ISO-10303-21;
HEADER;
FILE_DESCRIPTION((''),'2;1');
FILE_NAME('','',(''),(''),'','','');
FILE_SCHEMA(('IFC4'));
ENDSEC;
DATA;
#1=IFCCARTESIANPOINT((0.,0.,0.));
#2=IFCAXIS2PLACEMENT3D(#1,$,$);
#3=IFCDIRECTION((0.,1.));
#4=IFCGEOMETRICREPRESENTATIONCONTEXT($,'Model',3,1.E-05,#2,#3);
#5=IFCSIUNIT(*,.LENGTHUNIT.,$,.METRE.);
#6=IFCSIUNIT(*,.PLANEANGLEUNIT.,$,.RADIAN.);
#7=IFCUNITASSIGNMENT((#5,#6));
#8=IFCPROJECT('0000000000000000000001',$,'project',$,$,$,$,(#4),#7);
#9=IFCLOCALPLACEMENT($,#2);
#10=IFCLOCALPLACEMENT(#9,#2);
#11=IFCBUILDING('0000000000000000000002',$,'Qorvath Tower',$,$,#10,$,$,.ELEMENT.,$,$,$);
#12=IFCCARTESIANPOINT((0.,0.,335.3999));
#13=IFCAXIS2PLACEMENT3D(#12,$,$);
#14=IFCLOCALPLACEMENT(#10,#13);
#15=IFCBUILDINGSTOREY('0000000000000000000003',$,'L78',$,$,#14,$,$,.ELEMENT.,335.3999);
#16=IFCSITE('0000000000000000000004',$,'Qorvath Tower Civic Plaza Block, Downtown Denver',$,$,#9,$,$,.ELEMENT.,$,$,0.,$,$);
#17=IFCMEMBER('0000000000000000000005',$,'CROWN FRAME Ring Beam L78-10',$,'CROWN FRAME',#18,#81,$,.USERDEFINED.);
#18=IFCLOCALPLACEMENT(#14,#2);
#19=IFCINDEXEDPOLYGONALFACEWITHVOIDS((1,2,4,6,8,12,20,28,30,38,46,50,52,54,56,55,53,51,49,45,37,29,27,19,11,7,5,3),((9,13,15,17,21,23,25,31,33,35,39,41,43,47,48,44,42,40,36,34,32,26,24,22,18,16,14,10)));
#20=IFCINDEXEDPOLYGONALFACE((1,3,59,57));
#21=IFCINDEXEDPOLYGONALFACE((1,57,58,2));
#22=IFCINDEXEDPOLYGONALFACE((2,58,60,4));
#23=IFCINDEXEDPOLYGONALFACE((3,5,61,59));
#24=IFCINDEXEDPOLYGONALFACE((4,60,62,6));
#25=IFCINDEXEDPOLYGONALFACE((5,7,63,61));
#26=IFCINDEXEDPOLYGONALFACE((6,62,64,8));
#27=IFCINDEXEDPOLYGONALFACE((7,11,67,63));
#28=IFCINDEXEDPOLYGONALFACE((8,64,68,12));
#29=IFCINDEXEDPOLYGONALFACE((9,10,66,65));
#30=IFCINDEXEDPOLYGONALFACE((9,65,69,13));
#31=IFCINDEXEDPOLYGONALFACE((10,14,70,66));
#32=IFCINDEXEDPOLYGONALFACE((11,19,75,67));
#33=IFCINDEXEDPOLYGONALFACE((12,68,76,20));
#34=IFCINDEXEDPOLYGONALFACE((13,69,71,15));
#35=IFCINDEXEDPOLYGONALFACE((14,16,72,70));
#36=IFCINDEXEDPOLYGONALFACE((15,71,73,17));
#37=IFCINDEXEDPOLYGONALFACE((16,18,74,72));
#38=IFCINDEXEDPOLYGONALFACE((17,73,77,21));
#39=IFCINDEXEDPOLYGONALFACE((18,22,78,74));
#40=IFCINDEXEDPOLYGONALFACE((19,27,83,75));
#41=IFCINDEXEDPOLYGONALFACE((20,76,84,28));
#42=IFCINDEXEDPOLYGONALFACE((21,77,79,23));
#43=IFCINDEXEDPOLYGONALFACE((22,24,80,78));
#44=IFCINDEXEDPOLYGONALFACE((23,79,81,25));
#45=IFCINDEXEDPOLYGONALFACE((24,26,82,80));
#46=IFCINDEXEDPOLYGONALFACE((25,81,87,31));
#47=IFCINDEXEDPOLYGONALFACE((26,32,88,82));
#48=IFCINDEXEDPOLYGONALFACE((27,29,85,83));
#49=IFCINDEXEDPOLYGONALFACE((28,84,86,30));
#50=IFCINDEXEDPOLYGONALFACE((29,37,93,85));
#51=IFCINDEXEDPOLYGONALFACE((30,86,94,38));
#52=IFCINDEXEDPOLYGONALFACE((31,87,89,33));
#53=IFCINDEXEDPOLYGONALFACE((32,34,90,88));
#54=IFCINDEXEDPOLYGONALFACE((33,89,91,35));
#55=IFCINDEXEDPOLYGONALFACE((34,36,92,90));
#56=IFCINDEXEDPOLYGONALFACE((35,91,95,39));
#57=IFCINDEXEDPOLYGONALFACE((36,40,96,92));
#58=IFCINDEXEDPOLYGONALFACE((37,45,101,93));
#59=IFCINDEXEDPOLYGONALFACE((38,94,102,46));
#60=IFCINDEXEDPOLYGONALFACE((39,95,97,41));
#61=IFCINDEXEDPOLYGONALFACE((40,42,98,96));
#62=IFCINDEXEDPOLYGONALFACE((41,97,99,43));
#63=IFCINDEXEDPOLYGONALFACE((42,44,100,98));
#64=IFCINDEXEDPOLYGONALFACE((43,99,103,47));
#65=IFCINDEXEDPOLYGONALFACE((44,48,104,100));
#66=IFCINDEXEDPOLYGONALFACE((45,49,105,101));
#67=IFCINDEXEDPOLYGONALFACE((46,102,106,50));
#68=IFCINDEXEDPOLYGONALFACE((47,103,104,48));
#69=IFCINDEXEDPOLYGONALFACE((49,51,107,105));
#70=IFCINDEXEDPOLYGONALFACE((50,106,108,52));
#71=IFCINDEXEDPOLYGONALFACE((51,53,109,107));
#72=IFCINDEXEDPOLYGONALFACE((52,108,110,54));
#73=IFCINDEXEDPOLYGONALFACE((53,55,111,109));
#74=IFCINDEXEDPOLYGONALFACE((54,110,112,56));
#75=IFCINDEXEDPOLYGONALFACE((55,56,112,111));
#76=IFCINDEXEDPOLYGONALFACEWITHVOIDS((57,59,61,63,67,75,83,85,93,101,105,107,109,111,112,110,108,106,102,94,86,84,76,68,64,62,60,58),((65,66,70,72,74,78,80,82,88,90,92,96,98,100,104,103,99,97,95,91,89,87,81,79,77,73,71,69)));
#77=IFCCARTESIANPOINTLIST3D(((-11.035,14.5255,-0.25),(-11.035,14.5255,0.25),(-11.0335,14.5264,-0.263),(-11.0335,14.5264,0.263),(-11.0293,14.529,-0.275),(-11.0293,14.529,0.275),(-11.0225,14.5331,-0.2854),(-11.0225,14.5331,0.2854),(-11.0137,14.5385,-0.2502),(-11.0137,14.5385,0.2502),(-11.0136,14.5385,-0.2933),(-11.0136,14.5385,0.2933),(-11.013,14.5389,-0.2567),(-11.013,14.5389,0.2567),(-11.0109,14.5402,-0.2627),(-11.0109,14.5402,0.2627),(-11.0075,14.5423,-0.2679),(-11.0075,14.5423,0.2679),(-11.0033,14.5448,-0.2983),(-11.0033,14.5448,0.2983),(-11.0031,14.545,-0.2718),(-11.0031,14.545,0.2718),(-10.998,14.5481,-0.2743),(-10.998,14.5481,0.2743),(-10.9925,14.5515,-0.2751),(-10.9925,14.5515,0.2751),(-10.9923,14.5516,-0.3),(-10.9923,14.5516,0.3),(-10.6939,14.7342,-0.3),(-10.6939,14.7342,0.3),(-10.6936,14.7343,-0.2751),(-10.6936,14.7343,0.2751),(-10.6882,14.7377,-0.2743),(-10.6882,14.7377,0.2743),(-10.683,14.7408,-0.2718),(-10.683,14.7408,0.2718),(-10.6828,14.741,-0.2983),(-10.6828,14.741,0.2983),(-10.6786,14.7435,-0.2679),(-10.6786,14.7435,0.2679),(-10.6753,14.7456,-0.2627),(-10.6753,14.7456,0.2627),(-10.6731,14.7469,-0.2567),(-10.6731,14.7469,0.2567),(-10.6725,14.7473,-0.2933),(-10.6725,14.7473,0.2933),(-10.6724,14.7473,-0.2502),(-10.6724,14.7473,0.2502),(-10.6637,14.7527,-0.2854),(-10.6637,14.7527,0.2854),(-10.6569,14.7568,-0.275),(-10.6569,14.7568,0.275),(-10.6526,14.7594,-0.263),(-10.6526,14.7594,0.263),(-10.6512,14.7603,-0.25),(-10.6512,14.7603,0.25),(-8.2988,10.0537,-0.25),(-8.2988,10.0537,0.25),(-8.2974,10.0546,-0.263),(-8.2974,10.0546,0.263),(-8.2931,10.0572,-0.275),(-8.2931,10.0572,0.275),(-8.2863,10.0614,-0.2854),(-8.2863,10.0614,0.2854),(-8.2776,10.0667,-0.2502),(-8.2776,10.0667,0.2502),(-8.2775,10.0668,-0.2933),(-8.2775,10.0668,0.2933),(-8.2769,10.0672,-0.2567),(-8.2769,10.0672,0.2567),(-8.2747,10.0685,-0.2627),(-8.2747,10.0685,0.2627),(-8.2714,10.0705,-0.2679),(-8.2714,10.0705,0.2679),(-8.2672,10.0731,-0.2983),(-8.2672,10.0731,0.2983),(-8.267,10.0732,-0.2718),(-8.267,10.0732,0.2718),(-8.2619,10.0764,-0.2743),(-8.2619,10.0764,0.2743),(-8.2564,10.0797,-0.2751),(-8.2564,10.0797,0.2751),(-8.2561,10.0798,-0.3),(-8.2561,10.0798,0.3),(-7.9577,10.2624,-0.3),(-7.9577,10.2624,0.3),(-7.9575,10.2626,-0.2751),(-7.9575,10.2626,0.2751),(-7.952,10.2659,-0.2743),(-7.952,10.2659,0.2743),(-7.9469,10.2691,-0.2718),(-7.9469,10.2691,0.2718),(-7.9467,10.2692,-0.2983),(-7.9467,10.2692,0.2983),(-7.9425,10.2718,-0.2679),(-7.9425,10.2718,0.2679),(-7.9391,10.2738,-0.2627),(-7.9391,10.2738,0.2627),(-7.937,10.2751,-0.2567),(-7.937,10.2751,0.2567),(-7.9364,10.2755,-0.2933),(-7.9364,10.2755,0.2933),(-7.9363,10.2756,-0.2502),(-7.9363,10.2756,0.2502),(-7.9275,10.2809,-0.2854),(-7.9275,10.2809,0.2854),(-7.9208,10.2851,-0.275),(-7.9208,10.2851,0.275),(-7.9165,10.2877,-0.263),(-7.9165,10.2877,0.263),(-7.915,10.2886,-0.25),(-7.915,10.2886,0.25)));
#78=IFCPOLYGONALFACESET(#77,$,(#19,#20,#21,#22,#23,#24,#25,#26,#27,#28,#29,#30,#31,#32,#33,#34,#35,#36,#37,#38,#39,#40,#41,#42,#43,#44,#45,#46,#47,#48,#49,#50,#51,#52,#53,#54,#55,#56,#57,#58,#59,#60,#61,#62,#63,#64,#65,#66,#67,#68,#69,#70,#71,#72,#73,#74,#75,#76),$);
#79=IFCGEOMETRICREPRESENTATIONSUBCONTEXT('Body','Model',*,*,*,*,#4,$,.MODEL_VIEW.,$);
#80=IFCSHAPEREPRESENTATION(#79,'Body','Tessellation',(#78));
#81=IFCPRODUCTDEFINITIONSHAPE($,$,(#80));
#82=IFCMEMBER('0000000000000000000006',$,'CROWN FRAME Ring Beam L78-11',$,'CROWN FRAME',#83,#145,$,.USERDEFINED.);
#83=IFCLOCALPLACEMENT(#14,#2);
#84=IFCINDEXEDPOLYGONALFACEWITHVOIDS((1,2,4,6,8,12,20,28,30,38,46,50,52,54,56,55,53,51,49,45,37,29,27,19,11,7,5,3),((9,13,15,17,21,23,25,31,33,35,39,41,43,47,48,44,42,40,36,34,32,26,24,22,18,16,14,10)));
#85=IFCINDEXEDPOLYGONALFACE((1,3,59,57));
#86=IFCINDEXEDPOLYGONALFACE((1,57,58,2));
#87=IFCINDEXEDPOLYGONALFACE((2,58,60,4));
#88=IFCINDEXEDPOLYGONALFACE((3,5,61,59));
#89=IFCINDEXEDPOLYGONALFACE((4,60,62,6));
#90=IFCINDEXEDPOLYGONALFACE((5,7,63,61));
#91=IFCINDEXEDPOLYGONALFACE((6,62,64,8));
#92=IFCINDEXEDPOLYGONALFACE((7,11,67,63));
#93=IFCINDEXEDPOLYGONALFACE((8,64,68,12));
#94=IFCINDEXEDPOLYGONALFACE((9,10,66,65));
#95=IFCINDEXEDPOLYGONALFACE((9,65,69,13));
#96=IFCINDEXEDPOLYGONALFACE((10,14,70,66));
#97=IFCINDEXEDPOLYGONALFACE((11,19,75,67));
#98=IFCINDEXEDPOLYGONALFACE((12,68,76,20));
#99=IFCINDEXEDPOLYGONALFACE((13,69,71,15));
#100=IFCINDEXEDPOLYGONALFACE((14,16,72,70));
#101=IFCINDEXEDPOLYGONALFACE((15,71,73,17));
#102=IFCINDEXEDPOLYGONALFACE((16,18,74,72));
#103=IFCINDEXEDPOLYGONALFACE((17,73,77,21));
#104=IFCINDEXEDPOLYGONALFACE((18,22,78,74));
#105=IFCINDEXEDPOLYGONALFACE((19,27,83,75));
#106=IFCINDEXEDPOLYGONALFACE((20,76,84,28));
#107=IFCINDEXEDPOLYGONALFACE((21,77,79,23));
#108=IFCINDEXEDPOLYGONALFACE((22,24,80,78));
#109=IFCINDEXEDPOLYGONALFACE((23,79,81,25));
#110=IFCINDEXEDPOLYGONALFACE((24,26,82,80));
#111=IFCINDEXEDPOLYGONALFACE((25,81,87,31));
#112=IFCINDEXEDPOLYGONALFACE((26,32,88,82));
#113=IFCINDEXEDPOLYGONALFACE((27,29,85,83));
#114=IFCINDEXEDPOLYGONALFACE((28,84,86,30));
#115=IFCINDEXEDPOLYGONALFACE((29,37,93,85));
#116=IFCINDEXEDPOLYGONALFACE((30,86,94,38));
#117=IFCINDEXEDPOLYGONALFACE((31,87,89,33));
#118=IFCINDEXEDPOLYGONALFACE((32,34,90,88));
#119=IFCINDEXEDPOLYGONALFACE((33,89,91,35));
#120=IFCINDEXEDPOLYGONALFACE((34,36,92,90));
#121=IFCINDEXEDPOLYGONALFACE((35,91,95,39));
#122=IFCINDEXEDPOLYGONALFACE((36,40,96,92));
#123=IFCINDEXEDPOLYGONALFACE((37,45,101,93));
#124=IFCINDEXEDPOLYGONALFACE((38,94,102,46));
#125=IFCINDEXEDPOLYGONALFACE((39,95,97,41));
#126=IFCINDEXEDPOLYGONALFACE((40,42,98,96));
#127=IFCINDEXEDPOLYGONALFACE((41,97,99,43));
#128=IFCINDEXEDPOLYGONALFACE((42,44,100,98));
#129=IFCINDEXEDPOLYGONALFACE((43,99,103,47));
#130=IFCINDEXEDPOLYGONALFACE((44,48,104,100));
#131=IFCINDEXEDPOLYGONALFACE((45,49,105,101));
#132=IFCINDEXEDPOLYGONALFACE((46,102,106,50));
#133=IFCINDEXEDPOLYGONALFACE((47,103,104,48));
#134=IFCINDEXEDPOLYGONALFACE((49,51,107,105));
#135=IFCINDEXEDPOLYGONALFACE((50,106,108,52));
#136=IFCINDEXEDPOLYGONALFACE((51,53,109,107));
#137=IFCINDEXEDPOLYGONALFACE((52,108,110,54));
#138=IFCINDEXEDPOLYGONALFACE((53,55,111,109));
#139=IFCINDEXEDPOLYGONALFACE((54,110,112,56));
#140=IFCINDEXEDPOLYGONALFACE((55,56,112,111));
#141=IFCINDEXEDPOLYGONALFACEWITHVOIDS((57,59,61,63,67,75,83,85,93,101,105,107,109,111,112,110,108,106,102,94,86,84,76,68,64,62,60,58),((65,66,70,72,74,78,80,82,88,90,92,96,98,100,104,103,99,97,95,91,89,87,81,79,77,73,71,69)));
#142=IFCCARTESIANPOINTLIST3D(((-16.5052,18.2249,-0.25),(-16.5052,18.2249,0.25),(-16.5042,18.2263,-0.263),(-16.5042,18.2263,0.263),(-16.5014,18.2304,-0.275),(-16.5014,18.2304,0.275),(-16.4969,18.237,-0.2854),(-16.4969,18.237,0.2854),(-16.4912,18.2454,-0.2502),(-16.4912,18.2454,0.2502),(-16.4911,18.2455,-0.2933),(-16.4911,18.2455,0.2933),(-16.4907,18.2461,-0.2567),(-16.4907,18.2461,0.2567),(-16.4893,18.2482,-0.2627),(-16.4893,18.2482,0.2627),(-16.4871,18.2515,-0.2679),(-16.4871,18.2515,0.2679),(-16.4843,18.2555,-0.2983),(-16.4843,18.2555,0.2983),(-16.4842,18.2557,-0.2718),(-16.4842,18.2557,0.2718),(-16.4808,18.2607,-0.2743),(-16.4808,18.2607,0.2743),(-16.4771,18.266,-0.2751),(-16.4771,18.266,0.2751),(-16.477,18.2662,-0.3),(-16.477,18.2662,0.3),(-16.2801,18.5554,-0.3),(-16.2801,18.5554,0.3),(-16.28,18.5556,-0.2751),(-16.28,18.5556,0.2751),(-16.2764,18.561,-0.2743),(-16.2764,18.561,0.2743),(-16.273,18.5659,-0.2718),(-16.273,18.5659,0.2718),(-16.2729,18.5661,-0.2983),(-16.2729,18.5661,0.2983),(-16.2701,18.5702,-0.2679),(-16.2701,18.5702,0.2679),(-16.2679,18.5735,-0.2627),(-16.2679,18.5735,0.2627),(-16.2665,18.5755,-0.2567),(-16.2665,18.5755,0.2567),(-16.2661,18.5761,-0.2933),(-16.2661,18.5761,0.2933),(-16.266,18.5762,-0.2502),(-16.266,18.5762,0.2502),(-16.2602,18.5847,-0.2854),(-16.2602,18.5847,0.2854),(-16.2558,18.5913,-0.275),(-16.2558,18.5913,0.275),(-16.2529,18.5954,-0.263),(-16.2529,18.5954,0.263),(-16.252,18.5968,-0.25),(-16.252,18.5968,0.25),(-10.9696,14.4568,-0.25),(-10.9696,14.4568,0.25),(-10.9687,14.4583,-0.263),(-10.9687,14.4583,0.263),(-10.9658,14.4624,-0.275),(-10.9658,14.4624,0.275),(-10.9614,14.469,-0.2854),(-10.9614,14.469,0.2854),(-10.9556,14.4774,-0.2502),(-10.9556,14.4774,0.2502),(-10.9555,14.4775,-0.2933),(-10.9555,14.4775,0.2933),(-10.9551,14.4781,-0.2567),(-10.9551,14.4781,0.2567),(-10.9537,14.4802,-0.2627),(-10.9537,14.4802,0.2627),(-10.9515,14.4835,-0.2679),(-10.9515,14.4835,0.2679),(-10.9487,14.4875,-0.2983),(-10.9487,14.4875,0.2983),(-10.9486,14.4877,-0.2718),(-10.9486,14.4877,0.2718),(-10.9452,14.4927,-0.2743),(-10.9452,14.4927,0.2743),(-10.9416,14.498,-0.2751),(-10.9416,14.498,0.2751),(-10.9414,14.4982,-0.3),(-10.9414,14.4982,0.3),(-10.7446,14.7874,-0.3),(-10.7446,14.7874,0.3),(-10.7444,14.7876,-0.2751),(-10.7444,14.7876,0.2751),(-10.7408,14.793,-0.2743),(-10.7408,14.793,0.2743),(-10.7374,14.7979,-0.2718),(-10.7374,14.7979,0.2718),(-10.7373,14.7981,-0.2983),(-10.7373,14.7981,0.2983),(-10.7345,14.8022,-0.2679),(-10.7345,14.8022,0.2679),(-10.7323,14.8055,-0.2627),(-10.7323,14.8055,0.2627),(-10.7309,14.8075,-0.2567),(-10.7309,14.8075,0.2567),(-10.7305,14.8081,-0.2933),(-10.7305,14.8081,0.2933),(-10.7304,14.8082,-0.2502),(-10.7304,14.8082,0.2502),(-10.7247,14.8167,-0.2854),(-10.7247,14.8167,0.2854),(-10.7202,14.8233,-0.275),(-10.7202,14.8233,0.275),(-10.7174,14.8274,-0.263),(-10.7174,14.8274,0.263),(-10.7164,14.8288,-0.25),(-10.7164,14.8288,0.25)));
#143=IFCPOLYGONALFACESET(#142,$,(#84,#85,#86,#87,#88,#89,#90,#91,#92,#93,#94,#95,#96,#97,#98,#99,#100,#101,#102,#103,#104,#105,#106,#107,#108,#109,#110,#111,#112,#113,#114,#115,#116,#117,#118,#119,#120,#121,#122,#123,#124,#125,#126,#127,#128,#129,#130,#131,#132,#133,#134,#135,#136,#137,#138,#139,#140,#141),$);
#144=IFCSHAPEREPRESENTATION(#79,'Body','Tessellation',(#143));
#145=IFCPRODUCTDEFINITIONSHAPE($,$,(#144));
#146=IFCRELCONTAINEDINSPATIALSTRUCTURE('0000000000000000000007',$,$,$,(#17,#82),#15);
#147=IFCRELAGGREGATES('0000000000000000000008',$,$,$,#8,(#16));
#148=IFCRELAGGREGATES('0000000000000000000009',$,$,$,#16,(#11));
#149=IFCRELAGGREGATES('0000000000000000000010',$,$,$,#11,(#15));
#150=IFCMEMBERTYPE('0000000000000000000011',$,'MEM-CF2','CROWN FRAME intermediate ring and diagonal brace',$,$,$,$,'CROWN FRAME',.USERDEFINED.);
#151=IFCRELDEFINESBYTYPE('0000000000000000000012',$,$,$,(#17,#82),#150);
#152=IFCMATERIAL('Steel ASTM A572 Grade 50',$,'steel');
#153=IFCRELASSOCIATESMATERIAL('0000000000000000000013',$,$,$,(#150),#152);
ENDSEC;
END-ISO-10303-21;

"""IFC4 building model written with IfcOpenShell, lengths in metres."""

from ifc_helpers import new_model, si_unit, direction, frame, origin, origin_2d, place, context, subcontext, project, spatial, hollow_rectangle, extrude, material, material_profile, profile_set, type_object, element, save


model = new_model("IFC4")

# Units and contexts
model_context = context("Model", 3, precision=1e-05, world=origin(), true_north=direction((0.0, 1.0)))
body_context = subcontext(model_context, "Body", "Model", "MODEL_VIEW")
ifc_project = project(units=[si_unit("LENGTHUNIT", "METRE"), si_unit("PLANEANGLEUNIT", "RADIAN")], contexts=[model_context])

# Site, building, storey
site_placement = place(None, origin())
site = spatial("IfcSite", under=ifc_project, at=site_placement, Name="Qorvath Tower Civic Plaza Block, Downtown Denver", CompositionType="ELEMENT", RefElevation=0.0)
building_placement = place(site_placement, origin())
building = spatial("IfcBuilding", under=site, at=building_placement, Name="Qorvath Tower", CompositionType="ELEMENT")
storey_placement = place(building_placement, frame((0.0, 0.0, 335.3999)))
storey = spatial("IfcBuildingStorey", under=building, at=storey_placement, Name="L78", CompositionType="ELEMENT", Elevation=335.3999)

# Members
ifc_material_1 = material(Name="Steel ASTM A572 Grade 50", Category="steel")
ifc_material_profile_1 = material_profile(ifc_material_1, hollow_rectangle(XDim=0.45, YDim=0.6001, WallThickness=0.0249, InnerFilletRadius=0.0249, OuterFilletRadius=0.05, at=origin_2d()), Name="CROWN BOX 600x450x25")
ifc_profile_set_1 = profile_set([ifc_material_profile_1], Name="Steel ASTM A572 Grade 50")
member_type_1 = type_object("IfcMemberType", Name="MEM-CF2", Description="CROWN FRAME intermediate ring and diagonal brace", ElementType="CROWN FRAME", PredefinedType="USERDEFINED", material=ifc_profile_set_1)
for number, where, z_axis, x_axis, name in (
    (1, (-8.1069, 10.1711, 0.0), (-0.521921, 0.852994, 0.0), (-0.852994, -0.521921, 0.0), "CROWN FRAME Ring Beam L78-10"),
):
    element("IfcMember", number, at=place(storey_placement, frame(where, z_axis=z_axis, x_axis=x_axis)), inside=storey, type_object=member_type_1, Name=name, ObjectType="CROWN FRAME", PredefinedType="USERDEFINED", context=body_context, shape_type="SweptSolid", body=[
        extrude(hollow_rectangle(XDim=0.45, YDim=0.6001, WallThickness=0.0249, InnerFilletRadius=0.0249, OuterFilletRadius=0.05, at=origin_2d()), origin(), (0.0, 0.0, 1.0), 5.2424),
    ])
member_1_placement = place(storey_placement, frame((-10.843, 14.6428, 0.0), z_axis=(-0.826661, 0.562701, 0.0), x_axis=(-0.562701, -0.826661, 0.0)))
element("IfcMember", 2, at=member_1_placement, inside=storey, type_object=member_type_1, Name="CROWN FRAME Ring Beam L78-11", ObjectType="CROWN FRAME", PredefinedType="USERDEFINED", context=body_context, shape_type="SweptSolid", body=[
    extrude(hollow_rectangle(XDim=0.45, YDim=0.6001, WallThickness=0.0249, InnerFilletRadius=0.0249, OuterFilletRadius=0.05, at=origin_2d()), origin(), (0.0, 0.0, 1.0), 6.6963),
])

save(model, "model.ifc")
